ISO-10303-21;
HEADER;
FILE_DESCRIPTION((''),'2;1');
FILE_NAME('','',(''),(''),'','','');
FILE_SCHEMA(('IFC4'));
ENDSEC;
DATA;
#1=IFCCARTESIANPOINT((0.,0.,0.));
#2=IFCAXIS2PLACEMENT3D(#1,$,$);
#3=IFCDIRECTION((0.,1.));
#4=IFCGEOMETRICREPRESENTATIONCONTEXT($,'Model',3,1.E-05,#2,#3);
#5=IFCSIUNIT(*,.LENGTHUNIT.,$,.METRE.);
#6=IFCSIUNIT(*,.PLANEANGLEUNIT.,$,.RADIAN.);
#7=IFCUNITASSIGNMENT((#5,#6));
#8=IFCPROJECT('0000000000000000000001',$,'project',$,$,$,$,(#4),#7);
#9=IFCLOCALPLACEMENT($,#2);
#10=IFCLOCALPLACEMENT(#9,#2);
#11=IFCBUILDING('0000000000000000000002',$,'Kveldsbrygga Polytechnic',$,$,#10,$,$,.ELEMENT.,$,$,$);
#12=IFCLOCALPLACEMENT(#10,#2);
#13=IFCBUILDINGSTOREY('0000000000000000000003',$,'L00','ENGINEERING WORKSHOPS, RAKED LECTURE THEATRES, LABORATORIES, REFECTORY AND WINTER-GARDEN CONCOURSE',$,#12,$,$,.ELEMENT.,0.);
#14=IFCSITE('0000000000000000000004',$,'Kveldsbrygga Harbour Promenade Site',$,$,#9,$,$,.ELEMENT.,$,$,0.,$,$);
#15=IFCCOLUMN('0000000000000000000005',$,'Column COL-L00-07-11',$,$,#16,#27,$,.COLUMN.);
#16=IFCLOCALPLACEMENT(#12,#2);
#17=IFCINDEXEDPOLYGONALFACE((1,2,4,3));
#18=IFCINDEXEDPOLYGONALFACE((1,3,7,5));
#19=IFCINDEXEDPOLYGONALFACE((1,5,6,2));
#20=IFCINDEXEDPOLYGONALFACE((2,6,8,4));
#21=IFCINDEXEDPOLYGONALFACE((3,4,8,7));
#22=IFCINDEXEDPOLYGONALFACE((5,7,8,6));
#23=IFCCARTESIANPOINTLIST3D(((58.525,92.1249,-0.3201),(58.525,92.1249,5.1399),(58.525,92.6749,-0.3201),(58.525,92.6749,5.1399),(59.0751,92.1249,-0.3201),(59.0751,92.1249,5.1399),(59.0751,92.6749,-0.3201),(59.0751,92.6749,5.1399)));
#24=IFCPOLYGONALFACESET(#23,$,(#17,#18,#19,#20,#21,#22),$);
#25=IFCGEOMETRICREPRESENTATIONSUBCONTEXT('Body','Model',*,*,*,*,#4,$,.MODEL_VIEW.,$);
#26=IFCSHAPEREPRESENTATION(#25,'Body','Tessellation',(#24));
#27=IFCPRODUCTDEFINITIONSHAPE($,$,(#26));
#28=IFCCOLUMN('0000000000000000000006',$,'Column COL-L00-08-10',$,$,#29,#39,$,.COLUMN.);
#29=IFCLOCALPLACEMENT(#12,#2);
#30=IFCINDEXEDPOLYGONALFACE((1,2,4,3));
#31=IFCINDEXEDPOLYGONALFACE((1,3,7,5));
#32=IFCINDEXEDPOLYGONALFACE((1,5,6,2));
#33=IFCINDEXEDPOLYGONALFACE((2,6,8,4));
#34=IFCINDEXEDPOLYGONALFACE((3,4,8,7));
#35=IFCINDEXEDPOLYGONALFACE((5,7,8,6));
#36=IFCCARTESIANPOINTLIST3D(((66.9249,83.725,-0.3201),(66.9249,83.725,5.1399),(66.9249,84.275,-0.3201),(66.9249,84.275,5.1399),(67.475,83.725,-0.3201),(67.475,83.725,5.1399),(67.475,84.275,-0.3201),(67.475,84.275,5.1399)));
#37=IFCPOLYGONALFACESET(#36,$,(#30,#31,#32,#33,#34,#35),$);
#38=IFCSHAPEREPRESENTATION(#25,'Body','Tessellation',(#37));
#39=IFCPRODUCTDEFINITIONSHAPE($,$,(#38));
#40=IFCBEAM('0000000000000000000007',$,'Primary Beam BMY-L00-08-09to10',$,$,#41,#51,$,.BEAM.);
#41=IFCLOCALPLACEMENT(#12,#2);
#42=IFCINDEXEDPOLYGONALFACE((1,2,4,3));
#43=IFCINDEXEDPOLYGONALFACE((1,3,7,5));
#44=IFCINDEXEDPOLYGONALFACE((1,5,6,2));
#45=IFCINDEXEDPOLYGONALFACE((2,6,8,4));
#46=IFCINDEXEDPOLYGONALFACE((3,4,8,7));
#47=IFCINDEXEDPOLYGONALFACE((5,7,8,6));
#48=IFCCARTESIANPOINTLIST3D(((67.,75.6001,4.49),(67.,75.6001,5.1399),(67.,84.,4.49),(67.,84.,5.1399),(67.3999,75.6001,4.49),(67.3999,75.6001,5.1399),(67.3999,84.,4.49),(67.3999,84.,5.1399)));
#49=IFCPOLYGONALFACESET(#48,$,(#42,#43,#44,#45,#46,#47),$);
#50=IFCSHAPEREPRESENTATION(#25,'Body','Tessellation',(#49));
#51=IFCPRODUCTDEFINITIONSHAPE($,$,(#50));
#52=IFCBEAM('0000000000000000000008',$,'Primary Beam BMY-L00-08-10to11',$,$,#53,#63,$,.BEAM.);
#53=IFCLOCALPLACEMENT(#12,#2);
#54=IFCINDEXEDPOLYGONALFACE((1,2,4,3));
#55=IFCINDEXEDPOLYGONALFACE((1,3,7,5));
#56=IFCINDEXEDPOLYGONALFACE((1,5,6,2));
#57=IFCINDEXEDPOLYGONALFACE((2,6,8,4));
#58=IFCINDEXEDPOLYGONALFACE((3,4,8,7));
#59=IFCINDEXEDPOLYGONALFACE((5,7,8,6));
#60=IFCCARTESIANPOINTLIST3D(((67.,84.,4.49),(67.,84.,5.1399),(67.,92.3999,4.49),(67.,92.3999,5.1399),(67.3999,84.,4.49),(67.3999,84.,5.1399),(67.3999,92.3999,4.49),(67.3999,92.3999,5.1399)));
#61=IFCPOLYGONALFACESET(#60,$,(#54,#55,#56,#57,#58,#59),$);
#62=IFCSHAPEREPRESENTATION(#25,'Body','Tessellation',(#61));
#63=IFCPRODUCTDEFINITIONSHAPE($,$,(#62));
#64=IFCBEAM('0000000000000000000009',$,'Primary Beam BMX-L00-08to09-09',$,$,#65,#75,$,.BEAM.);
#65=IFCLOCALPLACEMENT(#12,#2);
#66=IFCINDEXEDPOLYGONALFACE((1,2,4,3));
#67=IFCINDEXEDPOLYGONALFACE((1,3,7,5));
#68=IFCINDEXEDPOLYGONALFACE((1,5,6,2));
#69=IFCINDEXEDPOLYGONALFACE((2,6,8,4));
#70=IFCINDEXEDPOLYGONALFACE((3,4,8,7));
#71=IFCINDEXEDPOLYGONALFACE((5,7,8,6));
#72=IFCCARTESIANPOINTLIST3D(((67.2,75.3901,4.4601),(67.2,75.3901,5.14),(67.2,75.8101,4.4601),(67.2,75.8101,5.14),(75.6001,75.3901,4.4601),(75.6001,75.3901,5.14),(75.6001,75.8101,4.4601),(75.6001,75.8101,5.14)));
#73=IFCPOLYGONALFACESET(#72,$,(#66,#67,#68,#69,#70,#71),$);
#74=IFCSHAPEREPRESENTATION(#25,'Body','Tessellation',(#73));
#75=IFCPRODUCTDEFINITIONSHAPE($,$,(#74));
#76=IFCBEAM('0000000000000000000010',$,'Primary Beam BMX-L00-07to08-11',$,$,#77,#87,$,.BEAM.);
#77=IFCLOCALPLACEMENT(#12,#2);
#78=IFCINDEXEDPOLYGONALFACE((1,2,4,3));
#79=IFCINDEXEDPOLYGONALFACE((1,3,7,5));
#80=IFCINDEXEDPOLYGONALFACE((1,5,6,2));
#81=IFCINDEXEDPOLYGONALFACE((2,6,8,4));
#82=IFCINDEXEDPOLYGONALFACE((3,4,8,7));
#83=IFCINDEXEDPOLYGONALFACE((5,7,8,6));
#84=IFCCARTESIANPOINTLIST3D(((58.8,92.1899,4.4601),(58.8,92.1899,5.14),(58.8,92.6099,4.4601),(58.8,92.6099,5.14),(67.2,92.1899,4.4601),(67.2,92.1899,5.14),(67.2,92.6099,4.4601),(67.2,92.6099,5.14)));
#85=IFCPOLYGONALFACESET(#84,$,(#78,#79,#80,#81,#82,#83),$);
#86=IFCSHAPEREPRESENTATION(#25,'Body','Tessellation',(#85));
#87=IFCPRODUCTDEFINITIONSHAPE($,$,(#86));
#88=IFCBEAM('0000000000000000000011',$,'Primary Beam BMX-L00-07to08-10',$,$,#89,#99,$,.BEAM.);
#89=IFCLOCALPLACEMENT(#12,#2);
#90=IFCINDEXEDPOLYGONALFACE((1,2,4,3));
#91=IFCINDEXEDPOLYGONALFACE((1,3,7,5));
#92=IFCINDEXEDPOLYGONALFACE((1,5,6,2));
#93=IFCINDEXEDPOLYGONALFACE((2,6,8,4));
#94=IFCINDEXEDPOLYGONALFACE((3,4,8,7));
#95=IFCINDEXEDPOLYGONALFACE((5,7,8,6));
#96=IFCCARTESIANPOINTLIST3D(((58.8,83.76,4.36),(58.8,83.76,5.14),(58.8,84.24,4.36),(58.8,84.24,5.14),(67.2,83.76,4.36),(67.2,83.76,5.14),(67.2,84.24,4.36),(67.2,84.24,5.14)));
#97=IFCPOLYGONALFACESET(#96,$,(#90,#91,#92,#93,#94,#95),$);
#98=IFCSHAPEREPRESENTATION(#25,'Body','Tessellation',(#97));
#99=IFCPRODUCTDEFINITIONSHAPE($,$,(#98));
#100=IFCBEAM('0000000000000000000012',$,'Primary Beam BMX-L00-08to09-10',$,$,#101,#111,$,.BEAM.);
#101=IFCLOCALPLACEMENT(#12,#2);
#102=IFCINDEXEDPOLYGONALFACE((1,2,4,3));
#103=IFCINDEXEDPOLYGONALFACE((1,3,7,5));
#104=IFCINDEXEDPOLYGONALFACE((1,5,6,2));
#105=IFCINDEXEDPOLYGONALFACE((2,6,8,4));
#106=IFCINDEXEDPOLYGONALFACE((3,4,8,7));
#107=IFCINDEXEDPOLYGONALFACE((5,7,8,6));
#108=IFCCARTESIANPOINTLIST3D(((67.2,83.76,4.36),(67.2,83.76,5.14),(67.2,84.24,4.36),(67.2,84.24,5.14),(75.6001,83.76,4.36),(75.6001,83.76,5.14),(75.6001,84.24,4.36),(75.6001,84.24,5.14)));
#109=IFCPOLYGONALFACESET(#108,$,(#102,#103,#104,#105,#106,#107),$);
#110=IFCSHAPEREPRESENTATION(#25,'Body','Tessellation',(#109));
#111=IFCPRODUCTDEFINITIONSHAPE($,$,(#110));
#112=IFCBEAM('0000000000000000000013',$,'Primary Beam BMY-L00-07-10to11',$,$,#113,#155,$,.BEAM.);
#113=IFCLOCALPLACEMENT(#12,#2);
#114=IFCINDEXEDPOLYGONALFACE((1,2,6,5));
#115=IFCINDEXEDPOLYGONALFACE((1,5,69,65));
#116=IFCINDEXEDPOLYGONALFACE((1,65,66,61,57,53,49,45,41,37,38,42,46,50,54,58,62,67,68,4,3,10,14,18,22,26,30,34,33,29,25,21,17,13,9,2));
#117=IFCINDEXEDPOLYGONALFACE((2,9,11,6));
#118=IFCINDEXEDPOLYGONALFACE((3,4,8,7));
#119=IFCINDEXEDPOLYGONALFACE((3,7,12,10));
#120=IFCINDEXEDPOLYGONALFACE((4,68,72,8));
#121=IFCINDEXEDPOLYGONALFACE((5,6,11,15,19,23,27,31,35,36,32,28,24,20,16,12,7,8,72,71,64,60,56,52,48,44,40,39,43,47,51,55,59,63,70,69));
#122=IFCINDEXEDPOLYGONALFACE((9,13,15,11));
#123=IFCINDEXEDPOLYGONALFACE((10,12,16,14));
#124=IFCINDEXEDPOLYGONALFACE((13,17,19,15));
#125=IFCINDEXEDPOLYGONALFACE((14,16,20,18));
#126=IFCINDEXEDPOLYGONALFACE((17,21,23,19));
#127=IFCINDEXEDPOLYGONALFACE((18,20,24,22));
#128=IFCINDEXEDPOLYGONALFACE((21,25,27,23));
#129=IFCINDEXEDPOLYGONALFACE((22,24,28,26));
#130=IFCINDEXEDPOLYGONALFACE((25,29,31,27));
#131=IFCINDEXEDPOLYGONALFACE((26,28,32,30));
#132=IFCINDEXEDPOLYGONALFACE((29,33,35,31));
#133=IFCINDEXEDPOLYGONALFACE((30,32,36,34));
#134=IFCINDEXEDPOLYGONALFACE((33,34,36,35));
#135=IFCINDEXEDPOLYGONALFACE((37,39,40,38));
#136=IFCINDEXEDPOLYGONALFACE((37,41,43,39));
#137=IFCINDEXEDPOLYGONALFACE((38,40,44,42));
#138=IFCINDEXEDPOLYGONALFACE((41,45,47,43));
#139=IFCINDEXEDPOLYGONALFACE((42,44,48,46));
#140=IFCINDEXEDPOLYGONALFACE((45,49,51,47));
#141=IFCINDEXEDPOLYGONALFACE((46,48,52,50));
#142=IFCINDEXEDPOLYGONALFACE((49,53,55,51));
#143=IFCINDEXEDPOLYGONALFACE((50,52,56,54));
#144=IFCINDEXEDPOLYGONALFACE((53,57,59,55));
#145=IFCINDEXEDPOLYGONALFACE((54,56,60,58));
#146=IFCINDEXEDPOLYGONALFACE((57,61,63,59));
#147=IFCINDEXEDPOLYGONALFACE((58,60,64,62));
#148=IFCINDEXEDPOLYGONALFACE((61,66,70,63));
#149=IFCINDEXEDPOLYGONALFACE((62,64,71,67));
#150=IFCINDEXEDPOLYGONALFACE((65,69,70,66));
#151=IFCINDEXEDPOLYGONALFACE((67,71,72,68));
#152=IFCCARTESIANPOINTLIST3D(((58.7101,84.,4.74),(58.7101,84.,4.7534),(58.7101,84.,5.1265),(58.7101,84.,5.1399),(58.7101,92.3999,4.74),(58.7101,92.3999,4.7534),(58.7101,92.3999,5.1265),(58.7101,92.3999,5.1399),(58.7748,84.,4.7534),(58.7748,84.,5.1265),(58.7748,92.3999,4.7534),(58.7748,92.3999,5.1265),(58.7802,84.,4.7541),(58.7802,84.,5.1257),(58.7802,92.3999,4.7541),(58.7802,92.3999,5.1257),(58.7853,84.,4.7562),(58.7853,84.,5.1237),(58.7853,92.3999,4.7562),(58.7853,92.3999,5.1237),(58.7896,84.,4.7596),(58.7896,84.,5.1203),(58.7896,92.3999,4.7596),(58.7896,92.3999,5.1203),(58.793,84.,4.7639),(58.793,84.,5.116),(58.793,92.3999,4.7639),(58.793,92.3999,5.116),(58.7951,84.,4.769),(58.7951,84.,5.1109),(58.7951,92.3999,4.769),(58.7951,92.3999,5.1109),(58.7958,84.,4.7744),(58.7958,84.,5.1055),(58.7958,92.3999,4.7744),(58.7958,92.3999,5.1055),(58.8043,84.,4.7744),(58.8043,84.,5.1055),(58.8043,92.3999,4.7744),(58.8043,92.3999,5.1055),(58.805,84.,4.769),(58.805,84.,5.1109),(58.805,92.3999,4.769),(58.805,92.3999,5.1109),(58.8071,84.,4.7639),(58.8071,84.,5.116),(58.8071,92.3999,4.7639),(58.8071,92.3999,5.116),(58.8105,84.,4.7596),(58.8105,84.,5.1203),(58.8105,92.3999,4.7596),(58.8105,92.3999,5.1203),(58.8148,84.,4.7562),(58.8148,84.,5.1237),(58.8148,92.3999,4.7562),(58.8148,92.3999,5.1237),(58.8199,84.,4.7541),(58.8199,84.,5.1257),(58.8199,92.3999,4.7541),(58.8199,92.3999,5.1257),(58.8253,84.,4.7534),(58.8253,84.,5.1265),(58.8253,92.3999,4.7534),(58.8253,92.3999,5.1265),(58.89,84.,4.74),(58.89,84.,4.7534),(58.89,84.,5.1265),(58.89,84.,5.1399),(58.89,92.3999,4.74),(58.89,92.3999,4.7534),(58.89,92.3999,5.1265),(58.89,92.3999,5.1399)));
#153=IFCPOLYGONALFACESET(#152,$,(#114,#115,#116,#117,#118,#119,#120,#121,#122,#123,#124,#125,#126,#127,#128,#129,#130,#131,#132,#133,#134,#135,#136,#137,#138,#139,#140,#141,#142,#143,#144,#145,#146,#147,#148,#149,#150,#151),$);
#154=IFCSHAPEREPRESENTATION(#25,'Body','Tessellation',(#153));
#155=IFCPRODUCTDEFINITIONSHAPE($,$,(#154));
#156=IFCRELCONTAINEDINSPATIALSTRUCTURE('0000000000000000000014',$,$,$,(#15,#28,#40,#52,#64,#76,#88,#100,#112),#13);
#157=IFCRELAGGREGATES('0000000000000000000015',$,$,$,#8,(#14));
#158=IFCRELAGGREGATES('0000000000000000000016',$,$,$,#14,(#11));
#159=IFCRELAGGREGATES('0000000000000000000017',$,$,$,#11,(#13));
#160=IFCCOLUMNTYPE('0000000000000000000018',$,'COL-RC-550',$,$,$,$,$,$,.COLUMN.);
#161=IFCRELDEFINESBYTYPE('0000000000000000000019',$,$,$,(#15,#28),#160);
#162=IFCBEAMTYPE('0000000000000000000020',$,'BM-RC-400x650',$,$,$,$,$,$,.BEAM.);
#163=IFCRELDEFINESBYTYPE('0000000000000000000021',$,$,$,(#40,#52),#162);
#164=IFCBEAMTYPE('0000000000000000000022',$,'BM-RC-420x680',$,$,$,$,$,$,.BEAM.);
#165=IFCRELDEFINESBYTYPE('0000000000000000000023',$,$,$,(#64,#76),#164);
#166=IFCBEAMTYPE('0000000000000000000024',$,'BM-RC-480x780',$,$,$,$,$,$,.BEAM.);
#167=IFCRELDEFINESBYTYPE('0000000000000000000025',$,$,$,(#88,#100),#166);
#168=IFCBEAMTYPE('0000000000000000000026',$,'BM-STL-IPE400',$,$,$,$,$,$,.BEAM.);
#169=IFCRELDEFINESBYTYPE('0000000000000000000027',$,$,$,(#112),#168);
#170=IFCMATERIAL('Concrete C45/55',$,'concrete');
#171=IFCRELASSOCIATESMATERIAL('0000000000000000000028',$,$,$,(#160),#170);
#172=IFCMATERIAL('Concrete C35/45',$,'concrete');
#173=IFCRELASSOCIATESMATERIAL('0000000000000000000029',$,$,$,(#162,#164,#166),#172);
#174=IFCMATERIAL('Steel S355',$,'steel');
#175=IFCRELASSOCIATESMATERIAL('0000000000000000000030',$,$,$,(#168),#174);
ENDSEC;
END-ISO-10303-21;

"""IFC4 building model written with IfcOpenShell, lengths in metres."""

from ifc_helpers import new_model, si_unit, direction, frame, origin, origin_2d, place, context, subcontext, project, spatial, rectangle, i_section, extrude, material, material_profile, profile_set, type_object, element, save


model = new_model("IFC4")

# Units and contexts
model_context = context("Model", 3, precision=1e-05, world=origin(), true_north=direction((0.0, 1.0)))
body_context = subcontext(model_context, "Body", "Model", "MODEL_VIEW")
ifc_project = project(units=[si_unit("LENGTHUNIT", "METRE"), si_unit("PLANEANGLEUNIT", "RADIAN")], contexts=[model_context])

# Site, building, storey
site_placement = place(None, origin())
site = spatial("IfcSite", under=ifc_project, at=site_placement, Name="Kveldsbrygga Harbour Promenade Site", CompositionType="ELEMENT", RefElevation=0.0)
building_placement = place(site_placement, origin())
building = spatial("IfcBuilding", under=site, at=building_placement, Name="Kveldsbrygga Polytechnic", CompositionType="ELEMENT")
storey_placement = place(building_placement, origin())
storey = spatial("IfcBuildingStorey", under=building, at=storey_placement, Name="L00", Description="ENGINEERING WORKSHOPS, RAKED LECTURE THEATRES, LABORATORIES, REFECTORY AND WINTER-GARDEN CONCOURSE", CompositionType="ELEMENT", Elevation=0.0)

# Shared definitions
ifc_material_1 = material(Name="Concrete C45/55", Category="concrete")

# Columns
ifc_material_profile_1 = material_profile(ifc_material_1, rectangle(XDim=0.55, YDim=0.55, at=origin_2d()), Name="RC 550x550")
ifc_profile_set_1 = profile_set([ifc_material_profile_1], Name="Concrete C45/55")
column_type_1 = type_object("IfcColumnType", Name="COL-RC-550", PredefinedType="COLUMN", material=ifc_profile_set_1)
for number, where, z_axis, x_axis, name in (
    (1, (58.8, 92.3999, -0.3201), (0.0, 0.0, 1.0), (1.0, 0.0, 0.0), "Column COL-L00-07-11"),
    (2, (67.2, 84.0, -0.3201), (0.0, 0.0, 1.0), (1.0, 0.0, 0.0), "Column COL-L00-08-10"),
):
    element("IfcColumn", number, at=place(storey_placement, frame(where, z_axis=z_axis, x_axis=x_axis)), inside=storey, type_object=column_type_1, Name=name, PredefinedType="COLUMN", context=body_context, shape_type="SweptSolid", body=[
        extrude(rectangle(XDim=0.55, YDim=0.55, at=origin_2d()), origin(), (0.0, 0.0, 1.0), 5.46),
    ])

# Beams
ifc_material_2 = material(Name="Concrete C35/45", Category="concrete")
ifc_material_profile_2 = material_profile(ifc_material_2, rectangle(XDim=0.3999, YDim=0.6499, at=origin_2d()), Name="RC 400x650")
ifc_profile_set_2 = profile_set([ifc_material_profile_2], Name="Concrete C35/45")
beam_type_1 = type_object("IfcBeamType", Name="BM-RC-400x650", PredefinedType="BEAM", material=ifc_profile_set_2)
for number, where, z_axis, x_axis, name in (
    (3, (67.2, 75.6001, 4.8149), (0.0, 1.0, 0.0), (-1.0, 0.0, 0.0), "Primary Beam BMY-L00-08-09to10"),
    (4, (67.2, 84.0, 4.8149), (0.0, 1.0, 0.0), (-1.0, 0.0, 0.0), "Primary Beam BMY-L00-08-10to11"),
):
    element("IfcBeam", number, at=place(storey_placement, frame(where, z_axis=z_axis, x_axis=x_axis)), inside=storey, type_object=beam_type_1, Name=name, PredefinedType="BEAM", context=body_context, shape_type="SweptSolid", body=[
        extrude(rectangle(XDim=0.3999, YDim=0.6499, at=origin_2d()), origin(), (0.0, 0.0, 1.0), 8.3999),
    ])
ifc_material_profile_3 = material_profile(ifc_material_2, rectangle(XDim=0.4199, YDim=0.6799, at=origin_2d()), Name="RC 420x680")
ifc_profile_set_3 = profile_set([ifc_material_profile_3], Name="Concrete C35/45")
beam_type_2 = type_object("IfcBeamType", Name="BM-RC-420x680", PredefinedType="BEAM", material=ifc_profile_set_3)
beam_1_placement = place(storey_placement, frame((67.2, 75.6001, 4.8), z_axis=(1.0, 0.0, 0.0), x_axis=(0.0, 1.0, 0.0)))
element("IfcBeam", 5, at=beam_1_placement, inside=storey, type_object=beam_type_2, Name="Primary Beam BMX-L00-08to09-09", PredefinedType="BEAM", context=body_context, shape_type="SweptSolid", body=[
    extrude(rectangle(XDim=0.4199, YDim=0.6799, at=origin_2d()), origin(), (0.0, 0.0, 1.0), 8.4001),
])
beam_2_placement = place(storey_placement, frame((58.8, 92.3999, 4.8), z_axis=(1.0, 0.0, 0.0), x_axis=(0.0, 1.0, 0.0)))
element("IfcBeam", 6, at=beam_2_placement, inside=storey, type_object=beam_type_2, Name="Primary Beam BMX-L00-07to08-11", PredefinedType="BEAM", context=body_context, shape_type="SweptSolid", body=[
    extrude(rectangle(XDim=0.4199, YDim=0.6799, at=origin_2d()), origin(), (0.0, 0.0, 1.0), 8.3999),
])
ifc_material_profile_4 = material_profile(ifc_material_2, rectangle(XDim=0.48, YDim=0.78, at=origin_2d()), Name="RC 480x780")
ifc_profile_set_4 = profile_set([ifc_material_profile_4], Name="Concrete C35/45")
beam_type_3 = type_object("IfcBeamType", Name="BM-RC-480x780", PredefinedType="BEAM", material=ifc_profile_set_4)
beam_3_placement = place(storey_placement, frame((58.8, 84.0, 4.75), z_axis=(1.0, 0.0, 0.0), x_axis=(0.0, 1.0, 0.0)))
element("IfcBeam", 7, at=beam_3_placement, inside=storey, type_object=beam_type_3, Name="Primary Beam BMX-L00-07to08-10", PredefinedType="BEAM", context=body_context, shape_type="SweptSolid", body=[
    extrude(rectangle(XDim=0.48, YDim=0.78, at=origin_2d()), origin(), (0.0, 0.0, 1.0), 8.3999),
])
beam_4_placement = place(storey_placement, frame((67.2, 84.0, 4.75), z_axis=(1.0, 0.0, 0.0), x_axis=(0.0, 1.0, 0.0)))
element("IfcBeam", 8, at=beam_4_placement, inside=storey, type_object=beam_type_3, Name="Primary Beam BMX-L00-08to09-10", PredefinedType="BEAM", context=body_context, shape_type="SweptSolid", body=[
    extrude(rectangle(XDim=0.48, YDim=0.78, at=origin_2d()), origin(), (0.0, 0.0, 1.0), 8.4001),
])
ifc_material_3 = material(Name="Steel S355", Category="steel")
ifc_material_profile_5 = material_profile(ifc_material_3, i_section(OverallWidth=0.1799, OverallDepth=0.3999, WebThickness=0.0085, FlangeThickness=0.0134, FilletRadius=0.021, at=origin_2d()), Name="IPE 400")
ifc_profile_set_5 = profile_set([ifc_material_profile_5], Name="Steel S355")
beam_type_4 = type_object("IfcBeamType", Name="BM-STL-IPE400", PredefinedType="BEAM", material=ifc_profile_set_5)
beam_5_placement = place(storey_placement, frame((58.8, 84.0, 4.9399), z_axis=(0.0, 1.0, 0.0), x_axis=(-1.0, 0.0, 0.0)))
element("IfcBeam", 9, at=beam_5_placement, inside=storey, type_object=beam_type_4, Name="Primary Beam BMY-L00-07-10to11", PredefinedType="BEAM", context=body_context, shape_type="SweptSolid", body=[
    extrude(i_section(OverallWidth=0.1799, OverallDepth=0.3999, WebThickness=0.0085, FlangeThickness=0.0134, FilletRadius=0.021, at=origin_2d()), origin(), (0.0, 0.0, 1.0), 8.3999),
])

save(model, "model.ifc")
